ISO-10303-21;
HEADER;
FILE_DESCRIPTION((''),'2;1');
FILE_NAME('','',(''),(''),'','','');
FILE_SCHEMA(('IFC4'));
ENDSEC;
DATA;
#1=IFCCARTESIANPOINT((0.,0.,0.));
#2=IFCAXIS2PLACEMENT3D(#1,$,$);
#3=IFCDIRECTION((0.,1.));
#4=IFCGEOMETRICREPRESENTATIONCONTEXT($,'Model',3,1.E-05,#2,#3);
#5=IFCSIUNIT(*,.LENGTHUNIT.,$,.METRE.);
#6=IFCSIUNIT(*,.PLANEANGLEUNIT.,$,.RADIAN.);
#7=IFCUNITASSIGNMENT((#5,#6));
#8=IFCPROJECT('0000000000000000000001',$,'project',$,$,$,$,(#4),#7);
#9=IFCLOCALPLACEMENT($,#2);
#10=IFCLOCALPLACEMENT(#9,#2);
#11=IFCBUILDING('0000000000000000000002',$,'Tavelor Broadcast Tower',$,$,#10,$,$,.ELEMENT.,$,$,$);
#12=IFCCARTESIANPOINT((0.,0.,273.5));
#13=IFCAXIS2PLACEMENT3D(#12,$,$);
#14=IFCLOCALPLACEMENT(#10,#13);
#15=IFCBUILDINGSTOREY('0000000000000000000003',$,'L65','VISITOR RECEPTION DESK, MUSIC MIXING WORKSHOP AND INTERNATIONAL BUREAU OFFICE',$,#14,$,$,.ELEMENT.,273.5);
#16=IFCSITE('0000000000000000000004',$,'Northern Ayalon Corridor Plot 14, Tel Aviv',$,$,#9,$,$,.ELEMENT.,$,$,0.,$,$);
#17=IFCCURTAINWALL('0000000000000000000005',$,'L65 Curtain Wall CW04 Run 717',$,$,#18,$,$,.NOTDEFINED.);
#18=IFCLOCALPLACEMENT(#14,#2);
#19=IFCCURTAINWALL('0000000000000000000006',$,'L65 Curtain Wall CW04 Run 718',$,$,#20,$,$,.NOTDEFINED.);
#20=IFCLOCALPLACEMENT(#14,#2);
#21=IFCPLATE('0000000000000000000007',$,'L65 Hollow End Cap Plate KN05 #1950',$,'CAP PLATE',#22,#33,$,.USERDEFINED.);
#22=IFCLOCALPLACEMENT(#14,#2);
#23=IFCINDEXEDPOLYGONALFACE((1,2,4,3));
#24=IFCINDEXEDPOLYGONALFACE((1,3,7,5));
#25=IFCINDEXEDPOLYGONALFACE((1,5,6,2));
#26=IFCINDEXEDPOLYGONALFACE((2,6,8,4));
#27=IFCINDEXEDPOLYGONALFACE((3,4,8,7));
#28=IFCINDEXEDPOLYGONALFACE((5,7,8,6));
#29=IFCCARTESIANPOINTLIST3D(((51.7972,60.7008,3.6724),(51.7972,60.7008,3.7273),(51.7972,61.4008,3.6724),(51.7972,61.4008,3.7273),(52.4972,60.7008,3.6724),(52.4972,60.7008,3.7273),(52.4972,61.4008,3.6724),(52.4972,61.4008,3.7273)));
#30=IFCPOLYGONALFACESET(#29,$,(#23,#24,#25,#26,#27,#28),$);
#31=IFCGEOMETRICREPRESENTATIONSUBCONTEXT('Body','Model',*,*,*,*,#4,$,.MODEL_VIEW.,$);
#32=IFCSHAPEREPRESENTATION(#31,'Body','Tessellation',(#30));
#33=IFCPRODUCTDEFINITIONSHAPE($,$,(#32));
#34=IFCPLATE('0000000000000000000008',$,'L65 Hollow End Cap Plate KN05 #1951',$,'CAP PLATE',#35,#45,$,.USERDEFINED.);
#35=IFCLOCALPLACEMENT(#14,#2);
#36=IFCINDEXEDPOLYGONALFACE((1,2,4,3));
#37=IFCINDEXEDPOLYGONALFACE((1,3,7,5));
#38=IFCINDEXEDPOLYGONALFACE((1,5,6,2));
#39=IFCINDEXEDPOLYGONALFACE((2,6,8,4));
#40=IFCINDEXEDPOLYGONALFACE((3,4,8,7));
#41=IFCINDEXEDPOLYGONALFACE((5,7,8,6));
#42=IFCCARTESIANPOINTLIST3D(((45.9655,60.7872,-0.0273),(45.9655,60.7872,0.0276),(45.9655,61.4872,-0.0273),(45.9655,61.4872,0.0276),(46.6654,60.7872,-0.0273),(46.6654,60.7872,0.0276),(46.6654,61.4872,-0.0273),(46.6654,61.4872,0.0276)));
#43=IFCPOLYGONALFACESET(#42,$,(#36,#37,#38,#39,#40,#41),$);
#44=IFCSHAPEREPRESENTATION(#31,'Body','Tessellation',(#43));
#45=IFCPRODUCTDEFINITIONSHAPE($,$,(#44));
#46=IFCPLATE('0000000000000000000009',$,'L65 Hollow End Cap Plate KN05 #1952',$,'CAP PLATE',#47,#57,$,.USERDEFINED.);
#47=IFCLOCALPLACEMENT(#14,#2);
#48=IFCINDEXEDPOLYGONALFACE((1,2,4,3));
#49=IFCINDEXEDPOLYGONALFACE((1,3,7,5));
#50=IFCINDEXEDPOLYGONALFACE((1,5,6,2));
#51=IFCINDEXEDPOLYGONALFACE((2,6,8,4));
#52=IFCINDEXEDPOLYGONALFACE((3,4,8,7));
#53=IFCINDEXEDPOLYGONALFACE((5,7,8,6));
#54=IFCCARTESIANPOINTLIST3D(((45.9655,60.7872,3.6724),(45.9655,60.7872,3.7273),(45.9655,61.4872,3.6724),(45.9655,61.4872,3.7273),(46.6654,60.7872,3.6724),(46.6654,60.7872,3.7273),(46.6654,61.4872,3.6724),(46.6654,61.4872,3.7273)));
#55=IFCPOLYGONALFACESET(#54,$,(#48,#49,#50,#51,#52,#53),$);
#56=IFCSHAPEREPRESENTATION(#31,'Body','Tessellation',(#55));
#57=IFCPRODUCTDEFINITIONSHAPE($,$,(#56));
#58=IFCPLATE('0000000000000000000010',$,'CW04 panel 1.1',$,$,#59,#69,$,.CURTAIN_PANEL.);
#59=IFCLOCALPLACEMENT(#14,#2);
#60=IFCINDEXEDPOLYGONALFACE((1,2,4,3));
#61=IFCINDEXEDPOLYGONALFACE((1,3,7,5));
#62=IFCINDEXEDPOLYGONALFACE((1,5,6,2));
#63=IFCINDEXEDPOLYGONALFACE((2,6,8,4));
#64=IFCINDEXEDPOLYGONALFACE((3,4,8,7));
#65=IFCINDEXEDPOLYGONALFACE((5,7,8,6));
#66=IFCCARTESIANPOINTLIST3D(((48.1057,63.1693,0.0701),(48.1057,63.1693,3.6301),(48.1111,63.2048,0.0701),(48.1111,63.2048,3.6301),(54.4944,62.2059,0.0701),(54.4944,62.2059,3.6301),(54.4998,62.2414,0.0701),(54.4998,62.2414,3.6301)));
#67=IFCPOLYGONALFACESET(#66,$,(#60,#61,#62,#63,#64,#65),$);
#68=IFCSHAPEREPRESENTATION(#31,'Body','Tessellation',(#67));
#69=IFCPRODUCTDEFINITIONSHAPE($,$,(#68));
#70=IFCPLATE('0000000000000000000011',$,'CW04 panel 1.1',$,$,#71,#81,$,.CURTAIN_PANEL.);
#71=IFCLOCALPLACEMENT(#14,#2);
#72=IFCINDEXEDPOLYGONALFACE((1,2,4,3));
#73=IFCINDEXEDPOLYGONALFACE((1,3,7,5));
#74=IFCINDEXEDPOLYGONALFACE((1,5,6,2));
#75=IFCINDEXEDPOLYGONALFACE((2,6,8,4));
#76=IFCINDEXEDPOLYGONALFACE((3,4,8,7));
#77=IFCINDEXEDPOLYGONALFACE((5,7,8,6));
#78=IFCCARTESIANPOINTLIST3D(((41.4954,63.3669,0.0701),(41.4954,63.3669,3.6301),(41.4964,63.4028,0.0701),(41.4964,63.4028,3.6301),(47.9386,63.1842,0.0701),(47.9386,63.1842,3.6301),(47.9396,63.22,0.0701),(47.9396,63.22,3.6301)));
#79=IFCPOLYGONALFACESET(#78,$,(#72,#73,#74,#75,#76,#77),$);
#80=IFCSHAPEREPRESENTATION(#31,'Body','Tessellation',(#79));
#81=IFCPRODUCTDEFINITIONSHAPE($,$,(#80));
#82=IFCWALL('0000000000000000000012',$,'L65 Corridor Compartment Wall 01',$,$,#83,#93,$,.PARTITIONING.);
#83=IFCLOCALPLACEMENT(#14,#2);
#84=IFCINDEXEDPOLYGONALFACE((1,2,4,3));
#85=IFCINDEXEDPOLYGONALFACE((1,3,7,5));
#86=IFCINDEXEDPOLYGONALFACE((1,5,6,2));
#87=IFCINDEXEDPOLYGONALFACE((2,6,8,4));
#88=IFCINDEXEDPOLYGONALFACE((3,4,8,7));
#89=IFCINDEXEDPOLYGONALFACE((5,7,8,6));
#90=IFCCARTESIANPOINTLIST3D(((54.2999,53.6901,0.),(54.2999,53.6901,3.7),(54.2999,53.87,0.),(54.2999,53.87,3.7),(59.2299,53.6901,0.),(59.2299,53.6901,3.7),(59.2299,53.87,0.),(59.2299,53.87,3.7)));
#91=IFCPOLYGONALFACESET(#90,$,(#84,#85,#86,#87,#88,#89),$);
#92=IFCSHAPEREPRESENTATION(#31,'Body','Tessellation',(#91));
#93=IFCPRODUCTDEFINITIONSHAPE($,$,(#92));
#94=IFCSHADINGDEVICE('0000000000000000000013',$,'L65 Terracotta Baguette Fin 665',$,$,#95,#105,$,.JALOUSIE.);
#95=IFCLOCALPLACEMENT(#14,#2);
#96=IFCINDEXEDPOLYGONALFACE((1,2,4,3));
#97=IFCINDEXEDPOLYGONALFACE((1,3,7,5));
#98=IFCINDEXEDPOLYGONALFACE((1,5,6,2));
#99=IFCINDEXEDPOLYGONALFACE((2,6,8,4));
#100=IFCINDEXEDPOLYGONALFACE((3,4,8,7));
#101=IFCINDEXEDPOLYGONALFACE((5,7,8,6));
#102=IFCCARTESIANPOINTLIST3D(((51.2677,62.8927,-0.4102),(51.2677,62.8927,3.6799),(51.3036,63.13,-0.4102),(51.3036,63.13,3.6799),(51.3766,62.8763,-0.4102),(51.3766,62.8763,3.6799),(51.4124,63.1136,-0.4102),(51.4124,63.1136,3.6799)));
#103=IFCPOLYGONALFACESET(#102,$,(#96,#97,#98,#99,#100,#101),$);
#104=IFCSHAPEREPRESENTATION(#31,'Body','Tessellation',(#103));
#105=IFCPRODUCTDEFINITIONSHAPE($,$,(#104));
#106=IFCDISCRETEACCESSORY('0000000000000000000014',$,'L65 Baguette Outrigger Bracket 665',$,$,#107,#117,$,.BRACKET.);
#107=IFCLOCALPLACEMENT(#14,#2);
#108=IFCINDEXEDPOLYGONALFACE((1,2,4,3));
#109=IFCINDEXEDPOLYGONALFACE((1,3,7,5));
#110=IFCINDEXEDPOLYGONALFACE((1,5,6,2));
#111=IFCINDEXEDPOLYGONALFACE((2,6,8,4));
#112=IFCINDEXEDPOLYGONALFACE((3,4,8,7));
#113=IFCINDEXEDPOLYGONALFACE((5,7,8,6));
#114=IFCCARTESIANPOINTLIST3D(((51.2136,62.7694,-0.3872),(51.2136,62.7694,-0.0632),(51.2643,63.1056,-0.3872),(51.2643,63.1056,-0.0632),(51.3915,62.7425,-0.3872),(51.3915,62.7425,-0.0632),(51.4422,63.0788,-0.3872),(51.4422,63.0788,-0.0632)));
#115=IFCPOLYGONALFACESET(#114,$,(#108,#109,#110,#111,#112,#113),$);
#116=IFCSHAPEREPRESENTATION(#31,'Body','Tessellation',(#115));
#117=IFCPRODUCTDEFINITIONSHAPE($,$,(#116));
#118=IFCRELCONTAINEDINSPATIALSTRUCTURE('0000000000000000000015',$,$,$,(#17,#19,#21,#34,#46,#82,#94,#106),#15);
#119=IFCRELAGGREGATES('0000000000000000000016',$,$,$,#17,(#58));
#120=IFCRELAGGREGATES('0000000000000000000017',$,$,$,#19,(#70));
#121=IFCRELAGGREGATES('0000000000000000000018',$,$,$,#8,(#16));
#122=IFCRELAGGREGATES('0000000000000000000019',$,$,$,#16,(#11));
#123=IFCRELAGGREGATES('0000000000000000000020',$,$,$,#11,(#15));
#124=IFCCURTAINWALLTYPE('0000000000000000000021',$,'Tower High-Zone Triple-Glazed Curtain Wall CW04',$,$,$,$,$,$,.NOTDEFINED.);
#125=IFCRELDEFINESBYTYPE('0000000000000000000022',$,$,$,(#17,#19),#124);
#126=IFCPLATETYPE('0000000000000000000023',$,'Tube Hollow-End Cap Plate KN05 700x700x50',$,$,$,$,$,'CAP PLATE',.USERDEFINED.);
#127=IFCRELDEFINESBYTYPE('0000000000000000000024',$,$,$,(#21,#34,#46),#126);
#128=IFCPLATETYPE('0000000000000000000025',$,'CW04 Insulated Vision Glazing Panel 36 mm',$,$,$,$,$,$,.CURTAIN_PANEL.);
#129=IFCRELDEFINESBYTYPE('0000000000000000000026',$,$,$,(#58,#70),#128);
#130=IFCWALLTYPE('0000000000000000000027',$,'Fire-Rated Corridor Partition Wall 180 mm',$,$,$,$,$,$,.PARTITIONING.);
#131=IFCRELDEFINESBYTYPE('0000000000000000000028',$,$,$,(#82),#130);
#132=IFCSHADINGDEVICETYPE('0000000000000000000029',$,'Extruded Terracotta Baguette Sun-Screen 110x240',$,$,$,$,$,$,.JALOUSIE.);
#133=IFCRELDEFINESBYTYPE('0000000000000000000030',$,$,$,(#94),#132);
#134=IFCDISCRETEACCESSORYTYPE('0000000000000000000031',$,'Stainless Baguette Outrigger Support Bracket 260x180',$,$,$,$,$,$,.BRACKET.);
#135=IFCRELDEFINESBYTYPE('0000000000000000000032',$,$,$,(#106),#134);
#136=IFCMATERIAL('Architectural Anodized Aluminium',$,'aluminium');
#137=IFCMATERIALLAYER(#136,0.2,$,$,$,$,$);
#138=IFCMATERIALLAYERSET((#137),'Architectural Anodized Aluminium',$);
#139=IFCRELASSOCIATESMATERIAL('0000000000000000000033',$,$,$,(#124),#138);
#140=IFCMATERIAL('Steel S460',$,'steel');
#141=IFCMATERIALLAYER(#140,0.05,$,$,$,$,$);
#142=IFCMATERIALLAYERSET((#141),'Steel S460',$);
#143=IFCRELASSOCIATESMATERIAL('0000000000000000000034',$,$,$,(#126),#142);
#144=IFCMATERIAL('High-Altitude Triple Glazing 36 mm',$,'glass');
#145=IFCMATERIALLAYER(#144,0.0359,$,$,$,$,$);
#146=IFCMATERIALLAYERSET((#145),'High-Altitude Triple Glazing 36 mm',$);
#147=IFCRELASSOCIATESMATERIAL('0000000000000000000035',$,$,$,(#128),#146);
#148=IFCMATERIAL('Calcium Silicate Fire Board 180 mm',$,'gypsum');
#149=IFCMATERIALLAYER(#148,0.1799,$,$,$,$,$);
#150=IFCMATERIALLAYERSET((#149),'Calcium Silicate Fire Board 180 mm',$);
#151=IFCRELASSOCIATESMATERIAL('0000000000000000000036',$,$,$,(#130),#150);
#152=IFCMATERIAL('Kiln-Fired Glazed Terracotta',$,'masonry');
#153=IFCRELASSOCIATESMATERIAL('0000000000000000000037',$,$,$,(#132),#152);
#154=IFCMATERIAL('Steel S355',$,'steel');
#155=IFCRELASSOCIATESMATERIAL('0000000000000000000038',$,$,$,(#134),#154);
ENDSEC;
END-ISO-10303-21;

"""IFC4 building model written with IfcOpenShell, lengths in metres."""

from ifc_helpers import new_model, si_unit, direction, frame, frame_2d, origin, origin_2d, place, context, subcontext, project, spatial, rectangle, extrude, source, transform, mapped, material, layer, layer_set, type_object, type_shapes, element, aggregate, save


model = new_model("IFC4")

# Units and contexts
model_context = context("Model", 3, precision=1e-05, world=origin(), true_north=direction((0.0, 1.0)))
body_context = subcontext(model_context, "Body", "Model", "MODEL_VIEW")
ifc_project = project(units=[si_unit("LENGTHUNIT", "METRE"), si_unit("PLANEANGLEUNIT", "RADIAN")], contexts=[model_context])

# Site, building, storey
site_placement = place(None, origin())
site = spatial("IfcSite", under=ifc_project, at=site_placement, Name="Northern Ayalon Corridor Plot 14, Tel Aviv", CompositionType="ELEMENT", RefElevation=0.0)
building_placement = place(site_placement, origin())
building = spatial("IfcBuilding", under=site, at=building_placement, Name="Tavelor Broadcast Tower", CompositionType="ELEMENT")
storey_placement = place(building_placement, frame((0.0, 0.0, 273.5)))
storey = spatial("IfcBuildingStorey", under=building, at=storey_placement, Name="L65", Description="VISITOR RECEPTION DESK, MUSIC MIXING WORKSHOP AND INTERNATIONAL BUREAU OFFICE", CompositionType="ELEMENT", Elevation=273.5)

# Shared definitions
ifc_material_1 = material(Name="Steel S460", Category="steel")

# Shared definitions
ifc_material_2 = material(Name="Steel S355", Category="steel")

# Curtain walls
ifc_material_3 = material(Name="Architectural Anodized Aluminium", Category="aluminium")
ifc_layer_1 = layer(ifc_material_3, 0.2)
ifc_layer_set_1 = layer_set([ifc_layer_1], Name="Architectural Anodized Aluminium")
curtain_wall_type = type_object("IfcCurtainWallType", Name="Tower High-Zone Triple-Glazed Curtain Wall CW04", PredefinedType="NOTDEFINED", material=ifc_layer_set_1)
curtain_wall_1_placement = place(storey_placement, origin())
curtain_wall_1 = element("IfcCurtainWall", 1, at=curtain_wall_1_placement, inside=storey, type_object=curtain_wall_type, Name="L65 Curtain Wall CW04 Run 717", PredefinedType="NOTDEFINED")
curtain_wall_2_placement = place(storey_placement, origin())
curtain_wall_2 = element("IfcCurtainWall", 2, at=curtain_wall_2_placement, inside=storey, type_object=curtain_wall_type, Name="L65 Curtain Wall CW04 Run 718", PredefinedType="NOTDEFINED")

# Plates
ifc_layer_2 = layer(ifc_material_1, 0.05)
ifc_layer_set_2 = layer_set([ifc_layer_2], Name="Steel S460")
plate_type_1 = type_object("IfcPlateType", Name="Tube Hollow-End Cap Plate KN05 700x700x50", ElementType="CAP PLATE", PredefinedType="USERDEFINED", material=ifc_layer_set_2)
shared_shape_1 = source(origin(), body_context, "Body", "SweptSolid", [
    extrude(rectangle(XDim=0.7, YDim=0.7, at=origin_2d()), origin(), (0.0, 0.0, 1.0), 0.0549),
])
type_shapes(plate_type_1, [shared_shape_1])
for number, where, z_axis, x_axis, name in (
    (3, (52.1472, 61.0508, 3.6724), (0.0, 0.0, 1.0), (1.0, 0.0, 0.0), "L65 Hollow End Cap Plate KN05 #1950"),
    (4, (46.3154, 61.1372, -0.0273), (0.0, 0.0, 1.0), (1.0, 0.0, 0.0), "L65 Hollow End Cap Plate KN05 #1951"),
    (5, (46.3154, 61.1372, 3.6724), (0.0, 0.0, 1.0), (1.0, 0.0, 0.0), "L65 Hollow End Cap Plate KN05 #1952"),
):
    element("IfcPlate", number, at=place(storey_placement, frame(where, z_axis=z_axis, x_axis=x_axis)), inside=storey, type_object=plate_type_1, Name=name, ObjectType="CAP PLATE", PredefinedType="USERDEFINED", context=body_context, shape_type="MappedRepresentation", body=[
        mapped(shared_shape_1, transform((0.0, 0.0, 0.0), scale=1.0)),
    ])

# Plates
ifc_material_4 = material(Name="High-Altitude Triple Glazing 36 mm", Category="glass")
ifc_layer_3 = layer(ifc_material_4, 0.0359)
ifc_layer_set_3 = layer_set([ifc_layer_3], Name="High-Altitude Triple Glazing 36 mm")
plate_type_2 = type_object("IfcPlateType", Name="CW04 Insulated Vision Glazing Panel 36 mm", PredefinedType="CURTAIN_PANEL", material=ifc_layer_set_3)
shared_shape_2 = source(origin(), body_context, "Body", "SweptSolid", [
    extrude(rectangle(XDim=6.4609, YDim=0.0359, at=origin_2d()), origin(), (0.0, 0.0, 1.0), 3.5601),
])
plate_1_placement = place(storey_placement, frame((51.3027, 62.7053, 0.0701), z_axis=(0.0, 0.0, 1.0), x_axis=(-0.98882, 0.149116, 0.0)))
plate_1 = element("IfcPlate", 6, at=plate_1_placement, type_object=plate_type_2, Name="CW04 panel 1.1", PredefinedType="CURTAIN_PANEL", context=body_context, shape_type="MappedRepresentation", body=[
    mapped(shared_shape_2, transform((0.0, 0.0, 0.0), scale=1.0)),
])
aggregate(curtain_wall_1, [plate_1])
shared_shape_3 = source(origin(), body_context, "Body", "SweptSolid", [
    extrude(rectangle(XDim=6.4458, YDim=0.0359, at=origin_2d()), origin(), (0.0, 0.0, 1.0), 3.5601),
])
type_shapes(plate_type_2, [shared_shape_2, shared_shape_3])
plate_2_placement = place(storey_placement, frame((44.7175, 63.2935, 0.0701), z_axis=(0.0, 0.0, 1.0), x_axis=(-0.999598, 0.028349, 0.0)))
plate_2 = element("IfcPlate", 7, at=plate_2_placement, type_object=plate_type_2, Name="CW04 panel 1.1", PredefinedType="CURTAIN_PANEL", context=body_context, shape_type="MappedRepresentation", body=[
    mapped(shared_shape_3, transform((0.0, 0.0, 0.0), scale=1.0)),
])
aggregate(curtain_wall_2, [plate_2])

# Wall
ifc_material_5 = material(Name="Calcium Silicate Fire Board 180 mm", Category="gypsum")
ifc_layer_4 = layer(ifc_material_5, 0.1799)
ifc_layer_set_4 = layer_set([ifc_layer_4], Name="Calcium Silicate Fire Board 180 mm")
wall_type_1 = type_object("IfcWallType", Name="Fire-Rated Corridor Partition Wall 180 mm", PredefinedType="PARTITIONING", material=ifc_layer_set_4)
wall_1_placement = place(storey_placement, frame((54.3, 53.78, 0.0), z_axis=(0.0, 0.0, 1.0), x_axis=(1.0, 0.0, 0.0)))
element("IfcWall", 8, at=wall_1_placement, inside=storey, type_object=wall_type_1, Name="L65 Corridor Compartment Wall 01", PredefinedType="PARTITIONING", context=body_context, shape_type="SweptSolid", body=[
    extrude(rectangle(XDim=4.9299, YDim=0.1799, at=frame_2d((2.4648, 0.0))), origin(), (0.0, 0.0, 1.0), 3.7),
])

# Shading device
ifc_material_6 = material(Name="Kiln-Fired Glazed Terracotta", Category="masonry")
shading_device_type = type_object("IfcShadingDeviceType", Name="Extruded Terracotta Baguette Sun-Screen 110x240", PredefinedType="JALOUSIE", material=ifc_material_6)
shared_shape_4 = source(origin(), body_context, "Body", "SweptSolid", [
    extrude(rectangle(XDim=0.1101, YDim=0.24, at=origin_2d()), origin(), (0.0, 0.0, 1.0), 4.0901),
])
type_shapes(shading_device_type, [shared_shape_4])
shading_device_placement = place(storey_placement, frame((51.3401, 63.0032, -0.4102), z_axis=(0.0, 0.0, 1.0), x_axis=(-0.988809, 0.14919, 0.0)))
element("IfcShadingDevice", 9, at=shading_device_placement, inside=storey, type_object=shading_device_type, Name="L65 Terracotta Baguette Fin 665", PredefinedType="JALOUSIE", context=body_context, shape_type="MappedRepresentation", body=[
    mapped(shared_shape_4, transform((0.0, 0.0, 0.0), scale=1.0)),
])

# Discrete accessory
discrete_accessory_type = type_object("IfcDiscreteAccessoryType", Name="Stainless Baguette Outrigger Support Bracket 260x180", PredefinedType="BRACKET", material=ifc_material_2)
shared_shape_5 = source(origin(), body_context, "Body", "SweptSolid", [
    extrude(rectangle(XDim=0.1799, YDim=0.3401, at=origin_2d()), origin(), (0.0, 0.0, 1.0), 0.324),
])
type_shapes(discrete_accessory_type, [shared_shape_5])
discrete_accessory_placement = place(storey_placement, frame((51.3279, 62.9241, -0.3872), z_axis=(0.0, 0.0, 1.0), x_axis=(-0.988809, 0.14919, 0.0)))
element("IfcDiscreteAccessory", 10, at=discrete_accessory_placement, inside=storey, type_object=discrete_accessory_type, Name="L65 Baguette Outrigger Bracket 665", PredefinedType="BRACKET", context=body_context, shape_type="MappedRepresentation", body=[
    mapped(shared_shape_5, transform((0.0, 0.0, 0.0), scale=1.0)),
])

save(model, "model.ifc")
